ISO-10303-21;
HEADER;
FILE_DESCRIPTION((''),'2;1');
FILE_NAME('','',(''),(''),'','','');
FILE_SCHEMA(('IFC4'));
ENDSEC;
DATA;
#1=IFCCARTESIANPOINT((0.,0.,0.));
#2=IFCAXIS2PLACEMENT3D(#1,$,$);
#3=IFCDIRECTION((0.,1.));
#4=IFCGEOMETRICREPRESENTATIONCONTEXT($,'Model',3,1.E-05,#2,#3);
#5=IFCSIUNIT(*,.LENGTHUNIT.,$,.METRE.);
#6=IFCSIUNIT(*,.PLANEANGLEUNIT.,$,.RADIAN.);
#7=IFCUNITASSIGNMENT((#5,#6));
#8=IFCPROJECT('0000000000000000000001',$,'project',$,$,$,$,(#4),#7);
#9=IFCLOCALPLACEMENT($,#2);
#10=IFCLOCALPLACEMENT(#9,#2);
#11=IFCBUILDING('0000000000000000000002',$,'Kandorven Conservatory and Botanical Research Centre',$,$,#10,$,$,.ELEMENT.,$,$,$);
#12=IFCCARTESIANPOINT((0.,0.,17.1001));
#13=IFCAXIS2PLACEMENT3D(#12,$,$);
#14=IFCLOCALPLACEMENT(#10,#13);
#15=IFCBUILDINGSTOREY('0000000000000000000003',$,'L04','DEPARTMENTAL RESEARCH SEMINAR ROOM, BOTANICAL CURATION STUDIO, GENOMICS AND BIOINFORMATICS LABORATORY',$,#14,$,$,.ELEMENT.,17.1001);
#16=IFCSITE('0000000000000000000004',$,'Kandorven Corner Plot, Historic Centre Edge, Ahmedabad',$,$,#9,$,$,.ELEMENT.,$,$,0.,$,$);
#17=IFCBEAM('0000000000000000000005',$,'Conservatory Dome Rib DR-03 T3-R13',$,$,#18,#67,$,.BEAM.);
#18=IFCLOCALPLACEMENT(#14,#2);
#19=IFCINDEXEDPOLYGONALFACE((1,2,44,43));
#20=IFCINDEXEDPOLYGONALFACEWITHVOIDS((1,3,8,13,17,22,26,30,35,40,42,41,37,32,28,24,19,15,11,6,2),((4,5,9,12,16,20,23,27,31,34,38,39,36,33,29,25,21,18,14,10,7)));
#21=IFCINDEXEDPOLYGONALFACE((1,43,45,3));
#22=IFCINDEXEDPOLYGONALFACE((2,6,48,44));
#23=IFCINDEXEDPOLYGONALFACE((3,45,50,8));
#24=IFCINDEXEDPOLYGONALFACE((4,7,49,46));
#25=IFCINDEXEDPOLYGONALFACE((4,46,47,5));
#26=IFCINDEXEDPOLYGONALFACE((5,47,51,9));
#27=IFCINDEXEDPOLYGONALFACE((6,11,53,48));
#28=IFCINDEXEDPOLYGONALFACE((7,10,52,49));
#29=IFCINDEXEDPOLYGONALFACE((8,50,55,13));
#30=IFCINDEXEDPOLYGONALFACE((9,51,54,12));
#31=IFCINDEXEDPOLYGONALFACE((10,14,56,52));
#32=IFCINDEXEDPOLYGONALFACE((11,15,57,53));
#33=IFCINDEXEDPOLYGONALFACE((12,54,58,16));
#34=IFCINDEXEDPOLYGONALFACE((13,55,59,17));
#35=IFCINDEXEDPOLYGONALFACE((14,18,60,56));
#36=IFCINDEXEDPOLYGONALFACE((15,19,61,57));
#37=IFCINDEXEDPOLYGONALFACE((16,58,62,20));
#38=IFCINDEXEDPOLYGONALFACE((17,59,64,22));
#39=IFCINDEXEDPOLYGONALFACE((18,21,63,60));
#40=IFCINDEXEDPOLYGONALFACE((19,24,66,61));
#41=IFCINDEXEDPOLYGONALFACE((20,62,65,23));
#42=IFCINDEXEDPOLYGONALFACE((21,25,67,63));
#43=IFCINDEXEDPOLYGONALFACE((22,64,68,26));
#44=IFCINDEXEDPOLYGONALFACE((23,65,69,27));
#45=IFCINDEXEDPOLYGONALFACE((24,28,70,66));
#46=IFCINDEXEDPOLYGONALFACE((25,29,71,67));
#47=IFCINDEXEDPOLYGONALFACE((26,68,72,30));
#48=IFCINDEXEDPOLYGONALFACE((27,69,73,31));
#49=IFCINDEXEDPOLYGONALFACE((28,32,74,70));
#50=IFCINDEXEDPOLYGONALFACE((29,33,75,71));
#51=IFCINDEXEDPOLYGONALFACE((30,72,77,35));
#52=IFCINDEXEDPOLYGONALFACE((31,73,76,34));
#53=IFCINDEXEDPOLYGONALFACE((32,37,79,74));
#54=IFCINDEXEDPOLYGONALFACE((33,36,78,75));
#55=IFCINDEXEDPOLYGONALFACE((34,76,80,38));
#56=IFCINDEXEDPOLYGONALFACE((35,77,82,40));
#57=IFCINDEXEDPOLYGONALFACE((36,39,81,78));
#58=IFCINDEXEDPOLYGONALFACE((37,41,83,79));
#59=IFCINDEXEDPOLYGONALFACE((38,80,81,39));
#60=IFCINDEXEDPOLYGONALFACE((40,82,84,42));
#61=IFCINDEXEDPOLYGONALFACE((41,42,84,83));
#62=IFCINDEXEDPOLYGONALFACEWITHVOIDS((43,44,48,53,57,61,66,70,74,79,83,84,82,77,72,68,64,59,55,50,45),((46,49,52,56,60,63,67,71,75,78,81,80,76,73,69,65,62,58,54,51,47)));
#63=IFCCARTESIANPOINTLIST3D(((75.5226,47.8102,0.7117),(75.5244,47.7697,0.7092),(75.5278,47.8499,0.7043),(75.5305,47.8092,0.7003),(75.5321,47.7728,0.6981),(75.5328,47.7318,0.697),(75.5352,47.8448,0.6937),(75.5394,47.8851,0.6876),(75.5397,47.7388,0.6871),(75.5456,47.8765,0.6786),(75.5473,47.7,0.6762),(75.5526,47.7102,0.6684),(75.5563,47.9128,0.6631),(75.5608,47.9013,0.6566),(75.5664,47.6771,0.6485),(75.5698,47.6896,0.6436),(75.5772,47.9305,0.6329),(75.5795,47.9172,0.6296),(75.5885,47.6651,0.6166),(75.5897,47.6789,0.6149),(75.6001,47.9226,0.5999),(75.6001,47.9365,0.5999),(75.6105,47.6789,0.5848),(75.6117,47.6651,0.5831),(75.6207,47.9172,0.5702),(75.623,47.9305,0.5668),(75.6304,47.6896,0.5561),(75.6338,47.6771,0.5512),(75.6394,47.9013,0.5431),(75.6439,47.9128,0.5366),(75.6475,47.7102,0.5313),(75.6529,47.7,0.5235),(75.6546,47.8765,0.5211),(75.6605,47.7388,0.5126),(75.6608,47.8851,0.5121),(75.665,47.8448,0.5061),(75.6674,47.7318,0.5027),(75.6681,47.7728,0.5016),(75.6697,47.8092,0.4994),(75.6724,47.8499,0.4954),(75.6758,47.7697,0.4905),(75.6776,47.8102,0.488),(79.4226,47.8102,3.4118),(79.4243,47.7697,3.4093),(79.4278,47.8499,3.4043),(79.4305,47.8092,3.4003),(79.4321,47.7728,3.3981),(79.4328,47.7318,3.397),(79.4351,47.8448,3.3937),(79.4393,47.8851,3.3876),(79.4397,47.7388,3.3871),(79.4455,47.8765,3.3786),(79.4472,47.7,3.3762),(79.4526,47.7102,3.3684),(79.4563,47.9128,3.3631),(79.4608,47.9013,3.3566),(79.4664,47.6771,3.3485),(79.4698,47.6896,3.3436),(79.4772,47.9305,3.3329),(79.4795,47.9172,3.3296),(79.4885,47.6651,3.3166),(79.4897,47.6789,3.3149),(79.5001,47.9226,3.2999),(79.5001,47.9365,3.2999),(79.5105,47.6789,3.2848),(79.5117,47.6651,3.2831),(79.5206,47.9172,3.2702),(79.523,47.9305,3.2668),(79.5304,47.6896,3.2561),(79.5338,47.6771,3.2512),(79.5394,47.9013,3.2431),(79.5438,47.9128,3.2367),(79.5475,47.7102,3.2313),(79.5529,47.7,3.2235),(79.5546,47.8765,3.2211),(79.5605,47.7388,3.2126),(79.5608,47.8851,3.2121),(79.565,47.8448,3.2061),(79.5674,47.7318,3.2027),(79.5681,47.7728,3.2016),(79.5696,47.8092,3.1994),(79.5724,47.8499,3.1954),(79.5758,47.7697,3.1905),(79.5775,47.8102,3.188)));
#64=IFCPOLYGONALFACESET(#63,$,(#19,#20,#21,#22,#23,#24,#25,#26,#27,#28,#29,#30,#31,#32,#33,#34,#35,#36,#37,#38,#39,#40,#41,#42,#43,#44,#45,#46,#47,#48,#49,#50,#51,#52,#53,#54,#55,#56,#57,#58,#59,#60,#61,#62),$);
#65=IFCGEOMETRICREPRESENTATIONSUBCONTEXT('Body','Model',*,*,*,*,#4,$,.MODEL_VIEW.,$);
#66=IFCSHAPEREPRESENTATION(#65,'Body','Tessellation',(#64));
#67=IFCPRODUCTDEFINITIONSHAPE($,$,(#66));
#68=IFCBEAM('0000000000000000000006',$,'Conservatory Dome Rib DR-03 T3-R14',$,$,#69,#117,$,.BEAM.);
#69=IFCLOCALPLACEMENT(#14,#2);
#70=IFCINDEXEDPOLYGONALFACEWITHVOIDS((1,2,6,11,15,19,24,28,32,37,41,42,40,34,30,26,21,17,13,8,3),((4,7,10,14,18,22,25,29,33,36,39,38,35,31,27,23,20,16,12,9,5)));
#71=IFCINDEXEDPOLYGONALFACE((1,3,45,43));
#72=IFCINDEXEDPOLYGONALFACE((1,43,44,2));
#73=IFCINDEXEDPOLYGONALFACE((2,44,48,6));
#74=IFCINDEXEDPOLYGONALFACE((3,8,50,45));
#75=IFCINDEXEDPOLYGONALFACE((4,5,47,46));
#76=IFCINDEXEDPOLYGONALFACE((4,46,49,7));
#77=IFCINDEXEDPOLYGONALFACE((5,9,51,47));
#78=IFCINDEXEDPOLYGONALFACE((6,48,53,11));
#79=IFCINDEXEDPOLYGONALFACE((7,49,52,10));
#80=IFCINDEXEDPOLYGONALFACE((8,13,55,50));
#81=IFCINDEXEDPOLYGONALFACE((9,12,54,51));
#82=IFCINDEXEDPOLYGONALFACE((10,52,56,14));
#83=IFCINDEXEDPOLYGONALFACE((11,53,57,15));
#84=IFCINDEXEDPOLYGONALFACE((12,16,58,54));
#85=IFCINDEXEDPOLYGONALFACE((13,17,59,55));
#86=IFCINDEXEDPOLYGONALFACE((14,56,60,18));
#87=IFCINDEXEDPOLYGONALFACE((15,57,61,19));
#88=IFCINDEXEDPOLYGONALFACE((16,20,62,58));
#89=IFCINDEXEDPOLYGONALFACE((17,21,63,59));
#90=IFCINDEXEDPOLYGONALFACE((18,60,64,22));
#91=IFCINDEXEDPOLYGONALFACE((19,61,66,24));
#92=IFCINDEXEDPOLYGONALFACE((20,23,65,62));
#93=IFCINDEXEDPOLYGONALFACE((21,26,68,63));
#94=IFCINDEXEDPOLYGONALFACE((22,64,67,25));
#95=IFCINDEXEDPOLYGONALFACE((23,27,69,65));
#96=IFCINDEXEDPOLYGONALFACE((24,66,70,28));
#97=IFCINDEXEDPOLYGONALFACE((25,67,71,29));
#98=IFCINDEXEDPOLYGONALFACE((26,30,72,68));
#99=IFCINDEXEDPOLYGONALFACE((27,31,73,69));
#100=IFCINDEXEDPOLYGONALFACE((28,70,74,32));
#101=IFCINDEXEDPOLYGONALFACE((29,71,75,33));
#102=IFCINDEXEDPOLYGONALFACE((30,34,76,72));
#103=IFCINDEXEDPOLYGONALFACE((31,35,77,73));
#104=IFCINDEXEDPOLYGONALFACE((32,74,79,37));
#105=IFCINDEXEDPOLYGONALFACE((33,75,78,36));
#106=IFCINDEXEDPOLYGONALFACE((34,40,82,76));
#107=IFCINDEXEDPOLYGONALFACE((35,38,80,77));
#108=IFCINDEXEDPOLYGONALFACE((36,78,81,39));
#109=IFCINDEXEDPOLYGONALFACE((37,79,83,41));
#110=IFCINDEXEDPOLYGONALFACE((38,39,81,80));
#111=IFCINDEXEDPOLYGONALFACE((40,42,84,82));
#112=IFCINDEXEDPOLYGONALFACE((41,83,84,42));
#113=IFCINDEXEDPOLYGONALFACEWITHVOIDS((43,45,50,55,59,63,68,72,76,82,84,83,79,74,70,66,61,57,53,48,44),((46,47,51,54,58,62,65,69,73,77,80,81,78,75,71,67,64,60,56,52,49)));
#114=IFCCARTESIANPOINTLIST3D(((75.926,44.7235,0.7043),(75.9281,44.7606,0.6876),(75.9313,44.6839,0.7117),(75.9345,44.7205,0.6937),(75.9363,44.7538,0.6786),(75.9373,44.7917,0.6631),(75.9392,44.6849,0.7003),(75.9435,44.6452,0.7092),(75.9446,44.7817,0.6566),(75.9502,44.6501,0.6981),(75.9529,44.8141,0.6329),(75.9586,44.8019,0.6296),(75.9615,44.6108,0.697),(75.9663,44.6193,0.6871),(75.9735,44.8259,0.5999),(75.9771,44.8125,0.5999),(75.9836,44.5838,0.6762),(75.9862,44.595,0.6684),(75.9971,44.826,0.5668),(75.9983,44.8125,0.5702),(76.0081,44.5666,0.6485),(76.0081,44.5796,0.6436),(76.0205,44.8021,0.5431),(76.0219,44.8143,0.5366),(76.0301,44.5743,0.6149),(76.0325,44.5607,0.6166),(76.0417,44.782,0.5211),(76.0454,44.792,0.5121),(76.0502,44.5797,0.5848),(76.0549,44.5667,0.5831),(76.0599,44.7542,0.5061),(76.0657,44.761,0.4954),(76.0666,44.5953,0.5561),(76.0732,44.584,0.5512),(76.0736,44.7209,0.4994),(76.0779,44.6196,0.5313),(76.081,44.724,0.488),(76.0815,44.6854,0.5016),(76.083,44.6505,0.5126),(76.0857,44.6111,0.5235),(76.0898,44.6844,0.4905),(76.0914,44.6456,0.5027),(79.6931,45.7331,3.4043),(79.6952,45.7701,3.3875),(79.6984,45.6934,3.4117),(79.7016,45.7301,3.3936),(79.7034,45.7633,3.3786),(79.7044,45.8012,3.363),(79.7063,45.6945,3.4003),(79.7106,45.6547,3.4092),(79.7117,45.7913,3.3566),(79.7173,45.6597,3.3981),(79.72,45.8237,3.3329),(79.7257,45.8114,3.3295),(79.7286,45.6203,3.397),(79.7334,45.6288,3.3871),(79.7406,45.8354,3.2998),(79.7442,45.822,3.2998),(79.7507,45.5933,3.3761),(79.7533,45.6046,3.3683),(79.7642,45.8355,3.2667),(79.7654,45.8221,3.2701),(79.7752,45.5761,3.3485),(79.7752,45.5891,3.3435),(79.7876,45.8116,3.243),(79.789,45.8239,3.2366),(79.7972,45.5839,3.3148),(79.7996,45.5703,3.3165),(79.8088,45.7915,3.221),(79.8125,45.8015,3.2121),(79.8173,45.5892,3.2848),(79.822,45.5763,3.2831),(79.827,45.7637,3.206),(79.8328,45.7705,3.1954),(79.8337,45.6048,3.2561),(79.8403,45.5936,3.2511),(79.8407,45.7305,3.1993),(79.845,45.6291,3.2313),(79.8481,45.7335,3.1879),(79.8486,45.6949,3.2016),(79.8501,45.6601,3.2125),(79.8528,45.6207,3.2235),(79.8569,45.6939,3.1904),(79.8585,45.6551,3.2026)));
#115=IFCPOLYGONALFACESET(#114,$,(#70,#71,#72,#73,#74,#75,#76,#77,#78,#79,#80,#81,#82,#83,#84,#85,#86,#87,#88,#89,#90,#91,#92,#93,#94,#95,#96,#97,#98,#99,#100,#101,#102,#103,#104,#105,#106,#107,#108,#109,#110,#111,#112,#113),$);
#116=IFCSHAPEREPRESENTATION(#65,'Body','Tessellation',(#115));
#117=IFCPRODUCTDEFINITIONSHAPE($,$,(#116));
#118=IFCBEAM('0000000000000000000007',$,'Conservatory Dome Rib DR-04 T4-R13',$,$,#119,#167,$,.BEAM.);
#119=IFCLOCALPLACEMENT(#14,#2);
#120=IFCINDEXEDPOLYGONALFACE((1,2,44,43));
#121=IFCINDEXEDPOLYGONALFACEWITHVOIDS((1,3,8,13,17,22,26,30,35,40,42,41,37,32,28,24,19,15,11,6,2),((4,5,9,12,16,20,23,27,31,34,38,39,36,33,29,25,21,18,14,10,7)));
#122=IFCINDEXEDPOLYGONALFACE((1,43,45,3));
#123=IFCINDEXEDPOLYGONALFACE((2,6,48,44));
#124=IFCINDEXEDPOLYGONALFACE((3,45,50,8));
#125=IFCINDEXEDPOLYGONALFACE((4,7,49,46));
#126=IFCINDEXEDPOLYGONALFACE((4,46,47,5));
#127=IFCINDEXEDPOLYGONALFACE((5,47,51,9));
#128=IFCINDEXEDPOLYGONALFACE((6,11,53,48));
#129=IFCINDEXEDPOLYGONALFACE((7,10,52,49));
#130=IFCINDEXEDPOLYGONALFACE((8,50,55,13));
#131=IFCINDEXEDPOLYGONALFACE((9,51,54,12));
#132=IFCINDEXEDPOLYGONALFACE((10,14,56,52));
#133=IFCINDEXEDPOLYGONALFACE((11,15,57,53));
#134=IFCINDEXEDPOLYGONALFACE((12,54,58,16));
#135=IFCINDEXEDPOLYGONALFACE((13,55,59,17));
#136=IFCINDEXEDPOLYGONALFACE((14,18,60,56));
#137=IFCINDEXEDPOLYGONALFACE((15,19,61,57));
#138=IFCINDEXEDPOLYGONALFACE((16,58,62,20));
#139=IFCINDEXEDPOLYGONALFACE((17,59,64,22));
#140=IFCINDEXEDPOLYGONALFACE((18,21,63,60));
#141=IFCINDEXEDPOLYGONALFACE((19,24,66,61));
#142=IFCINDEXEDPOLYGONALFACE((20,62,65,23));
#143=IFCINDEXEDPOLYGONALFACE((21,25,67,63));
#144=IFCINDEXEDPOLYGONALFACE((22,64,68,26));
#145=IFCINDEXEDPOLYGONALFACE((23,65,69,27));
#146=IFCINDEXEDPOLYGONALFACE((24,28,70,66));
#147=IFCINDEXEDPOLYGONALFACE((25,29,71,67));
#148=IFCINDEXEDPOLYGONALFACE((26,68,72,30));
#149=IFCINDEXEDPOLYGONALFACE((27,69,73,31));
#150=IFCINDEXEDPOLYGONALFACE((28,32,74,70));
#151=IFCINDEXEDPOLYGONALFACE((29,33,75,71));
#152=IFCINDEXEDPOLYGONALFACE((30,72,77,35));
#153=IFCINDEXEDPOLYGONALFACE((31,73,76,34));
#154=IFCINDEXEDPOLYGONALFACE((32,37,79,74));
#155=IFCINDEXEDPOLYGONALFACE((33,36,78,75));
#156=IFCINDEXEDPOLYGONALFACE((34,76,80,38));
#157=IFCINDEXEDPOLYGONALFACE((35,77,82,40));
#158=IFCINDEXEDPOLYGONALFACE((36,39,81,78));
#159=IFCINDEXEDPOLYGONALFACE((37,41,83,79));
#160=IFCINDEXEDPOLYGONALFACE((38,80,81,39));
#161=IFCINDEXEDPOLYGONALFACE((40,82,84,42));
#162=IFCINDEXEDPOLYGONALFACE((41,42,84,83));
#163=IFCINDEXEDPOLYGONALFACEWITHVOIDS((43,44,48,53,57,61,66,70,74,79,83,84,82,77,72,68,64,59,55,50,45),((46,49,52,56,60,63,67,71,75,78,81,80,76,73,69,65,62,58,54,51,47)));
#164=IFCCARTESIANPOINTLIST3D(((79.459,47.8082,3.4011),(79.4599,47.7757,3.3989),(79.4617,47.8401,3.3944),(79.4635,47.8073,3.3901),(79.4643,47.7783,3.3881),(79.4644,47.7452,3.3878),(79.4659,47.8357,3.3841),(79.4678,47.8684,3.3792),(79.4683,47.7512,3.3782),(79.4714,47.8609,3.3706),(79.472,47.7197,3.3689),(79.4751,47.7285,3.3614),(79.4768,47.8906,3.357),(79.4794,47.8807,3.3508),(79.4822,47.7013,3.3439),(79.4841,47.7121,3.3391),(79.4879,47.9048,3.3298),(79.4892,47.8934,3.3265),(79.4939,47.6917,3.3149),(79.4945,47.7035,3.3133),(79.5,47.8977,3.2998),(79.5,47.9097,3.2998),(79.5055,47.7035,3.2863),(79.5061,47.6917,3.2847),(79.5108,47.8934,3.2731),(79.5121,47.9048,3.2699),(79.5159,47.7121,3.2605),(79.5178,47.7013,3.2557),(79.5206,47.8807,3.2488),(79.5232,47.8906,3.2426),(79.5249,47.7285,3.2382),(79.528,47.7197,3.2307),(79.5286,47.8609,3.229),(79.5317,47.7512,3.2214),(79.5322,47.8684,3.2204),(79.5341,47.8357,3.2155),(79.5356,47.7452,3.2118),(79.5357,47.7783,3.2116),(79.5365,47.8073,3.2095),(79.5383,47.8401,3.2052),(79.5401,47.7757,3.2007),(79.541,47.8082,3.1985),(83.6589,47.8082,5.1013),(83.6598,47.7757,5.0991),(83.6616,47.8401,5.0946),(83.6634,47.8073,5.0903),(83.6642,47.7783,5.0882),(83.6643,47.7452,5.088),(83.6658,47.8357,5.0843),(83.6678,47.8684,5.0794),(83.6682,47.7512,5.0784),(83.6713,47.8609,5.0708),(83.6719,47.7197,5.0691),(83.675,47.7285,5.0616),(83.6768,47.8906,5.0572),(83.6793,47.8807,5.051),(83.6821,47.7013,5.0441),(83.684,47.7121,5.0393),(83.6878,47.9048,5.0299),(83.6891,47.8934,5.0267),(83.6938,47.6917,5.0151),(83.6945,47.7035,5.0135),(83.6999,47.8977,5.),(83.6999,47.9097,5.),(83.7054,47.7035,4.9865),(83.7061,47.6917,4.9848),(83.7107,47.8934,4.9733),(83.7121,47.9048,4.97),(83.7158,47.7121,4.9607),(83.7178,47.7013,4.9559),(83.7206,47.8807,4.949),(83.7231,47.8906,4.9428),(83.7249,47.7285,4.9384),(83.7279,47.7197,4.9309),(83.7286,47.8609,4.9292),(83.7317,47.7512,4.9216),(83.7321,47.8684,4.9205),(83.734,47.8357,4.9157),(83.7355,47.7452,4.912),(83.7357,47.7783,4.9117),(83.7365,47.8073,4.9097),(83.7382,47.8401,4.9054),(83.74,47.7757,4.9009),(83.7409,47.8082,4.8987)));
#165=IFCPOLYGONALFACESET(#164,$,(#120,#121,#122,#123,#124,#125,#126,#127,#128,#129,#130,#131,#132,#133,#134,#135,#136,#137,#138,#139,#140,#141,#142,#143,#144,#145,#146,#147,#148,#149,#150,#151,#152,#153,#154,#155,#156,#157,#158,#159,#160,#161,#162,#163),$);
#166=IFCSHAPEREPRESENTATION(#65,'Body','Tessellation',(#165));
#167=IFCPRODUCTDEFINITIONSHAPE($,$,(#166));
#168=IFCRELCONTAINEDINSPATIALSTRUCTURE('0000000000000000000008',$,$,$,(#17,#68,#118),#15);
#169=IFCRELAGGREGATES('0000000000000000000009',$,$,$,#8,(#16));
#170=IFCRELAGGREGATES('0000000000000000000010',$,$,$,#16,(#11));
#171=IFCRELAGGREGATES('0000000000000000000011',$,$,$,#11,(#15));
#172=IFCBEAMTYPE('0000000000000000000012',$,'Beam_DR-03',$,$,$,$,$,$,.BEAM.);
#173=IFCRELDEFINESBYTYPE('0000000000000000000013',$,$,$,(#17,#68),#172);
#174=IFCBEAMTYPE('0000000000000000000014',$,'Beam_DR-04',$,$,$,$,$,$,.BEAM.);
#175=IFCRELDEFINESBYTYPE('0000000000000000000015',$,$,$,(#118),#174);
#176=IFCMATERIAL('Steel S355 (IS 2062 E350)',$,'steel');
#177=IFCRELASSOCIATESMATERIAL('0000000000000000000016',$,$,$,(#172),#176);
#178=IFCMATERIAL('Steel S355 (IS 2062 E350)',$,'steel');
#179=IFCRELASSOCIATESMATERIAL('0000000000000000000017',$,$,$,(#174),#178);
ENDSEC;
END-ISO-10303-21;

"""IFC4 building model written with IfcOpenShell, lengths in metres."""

from ifc_helpers import new_model, si_unit, direction, frame, origin, origin_2d, place, context, subcontext, project, spatial, hollow_circle, extrude, material, material_profile, profile_set, type_object, element, save


model = new_model("IFC4")

# Units and contexts
model_context = context("Model", 3, precision=1e-05, world=origin(), true_north=direction((0.0, 1.0)))
body_context = subcontext(model_context, "Body", "Model", "MODEL_VIEW")
ifc_project = project(units=[si_unit("LENGTHUNIT", "METRE"), si_unit("PLANEANGLEUNIT", "RADIAN")], contexts=[model_context])

# Site, building, storey
site_placement = place(None, origin())
site = spatial("IfcSite", under=ifc_project, at=site_placement, Name="Kandorven Corner Plot, Historic Centre Edge, Ahmedabad", CompositionType="ELEMENT", RefElevation=0.0)
building_placement = place(site_placement, origin())
building = spatial("IfcBuilding", under=site, at=building_placement, Name="Kandorven Conservatory and Botanical Research Centre", CompositionType="ELEMENT")
storey_placement = place(building_placement, frame((0.0, 0.0, 17.1001)))
storey = spatial("IfcBuildingStorey", under=building, at=storey_placement, Name="L04", Description="DEPARTMENTAL RESEARCH SEMINAR ROOM, BOTANICAL CURATION STUDIO, GENOMICS AND BIOINFORMATICS LABORATORY", CompositionType="ELEMENT", Elevation=17.1001)

# Beams
ifc_material_1 = material(Name="Steel S355 (IS 2062 E350)", Category="steel")
ifc_material_profile_1 = material_profile(ifc_material_1, hollow_circle(Radius=0.1365, WallThickness=0.0139, at=origin_2d()))
ifc_profile_set_1 = profile_set([ifc_material_profile_1], Name="Steel S355 (IS 2062 E350)")
beam_type_1 = type_object("IfcBeamType", Name="Beam_DR-03", PredefinedType="BEAM", material=ifc_profile_set_1)
for number, where, z_axis, x_axis, name in (
    (1, (75.6001, 47.8, 0.5999), (0.82219, 0.0, 0.569213), (0.0, 1.0, 0.0), "Conservatory Dome Rib DR-03 T3-R13"),
    (2, (76.0088, 44.6941, 0.5999), (0.794175, 0.212827, 0.569202), (-0.258851, 0.965917, 0.0), "Conservatory Dome Rib DR-03 T3-R14"),
):
    element("IfcBeam", number, at=place(storey_placement, frame(where, z_axis=z_axis, x_axis=x_axis)), inside=storey, type_object=beam_type_1, Name=name, PredefinedType="BEAM", context=body_context, shape_type="SweptSolid", body=[
        extrude(hollow_circle(Radius=0.1365, WallThickness=0.0139, at=origin_2d()), origin(), (0.0, 0.0, 1.0), 4.7434),
    ])
ifc_material_2 = material(Name="Steel S355 (IS 2062 E350)", Category="steel")
ifc_material_profile_2 = material_profile(ifc_material_2, hollow_circle(Radius=0.1096, WallThickness=0.012, at=origin_2d()))
ifc_profile_set_2 = profile_set([ifc_material_profile_2], Name="Steel S355 (IS 2062 E350)")
beam_type_2 = type_object("IfcBeamType", Name="Beam_DR-04", PredefinedType="BEAM", material=ifc_profile_set_2)
beam_1_placement = place(storey_placement, frame((79.5, 47.8, 3.2998), z_axis=(0.92693, 0.0, 0.375234), x_axis=(0.0, 1.0, 0.0)))
element("IfcBeam", 3, at=beam_1_placement, inside=storey, type_object=beam_type_2, Name="Conservatory Dome Rib DR-04 T4-R13", PredefinedType="BEAM", context=body_context, shape_type="SweptSolid", body=[
    extrude(hollow_circle(Radius=0.1096, WallThickness=0.012, at=origin_2d()), origin(), (0.0, 0.0, 1.0), 4.531),
])

save(model, "model.ifc")
